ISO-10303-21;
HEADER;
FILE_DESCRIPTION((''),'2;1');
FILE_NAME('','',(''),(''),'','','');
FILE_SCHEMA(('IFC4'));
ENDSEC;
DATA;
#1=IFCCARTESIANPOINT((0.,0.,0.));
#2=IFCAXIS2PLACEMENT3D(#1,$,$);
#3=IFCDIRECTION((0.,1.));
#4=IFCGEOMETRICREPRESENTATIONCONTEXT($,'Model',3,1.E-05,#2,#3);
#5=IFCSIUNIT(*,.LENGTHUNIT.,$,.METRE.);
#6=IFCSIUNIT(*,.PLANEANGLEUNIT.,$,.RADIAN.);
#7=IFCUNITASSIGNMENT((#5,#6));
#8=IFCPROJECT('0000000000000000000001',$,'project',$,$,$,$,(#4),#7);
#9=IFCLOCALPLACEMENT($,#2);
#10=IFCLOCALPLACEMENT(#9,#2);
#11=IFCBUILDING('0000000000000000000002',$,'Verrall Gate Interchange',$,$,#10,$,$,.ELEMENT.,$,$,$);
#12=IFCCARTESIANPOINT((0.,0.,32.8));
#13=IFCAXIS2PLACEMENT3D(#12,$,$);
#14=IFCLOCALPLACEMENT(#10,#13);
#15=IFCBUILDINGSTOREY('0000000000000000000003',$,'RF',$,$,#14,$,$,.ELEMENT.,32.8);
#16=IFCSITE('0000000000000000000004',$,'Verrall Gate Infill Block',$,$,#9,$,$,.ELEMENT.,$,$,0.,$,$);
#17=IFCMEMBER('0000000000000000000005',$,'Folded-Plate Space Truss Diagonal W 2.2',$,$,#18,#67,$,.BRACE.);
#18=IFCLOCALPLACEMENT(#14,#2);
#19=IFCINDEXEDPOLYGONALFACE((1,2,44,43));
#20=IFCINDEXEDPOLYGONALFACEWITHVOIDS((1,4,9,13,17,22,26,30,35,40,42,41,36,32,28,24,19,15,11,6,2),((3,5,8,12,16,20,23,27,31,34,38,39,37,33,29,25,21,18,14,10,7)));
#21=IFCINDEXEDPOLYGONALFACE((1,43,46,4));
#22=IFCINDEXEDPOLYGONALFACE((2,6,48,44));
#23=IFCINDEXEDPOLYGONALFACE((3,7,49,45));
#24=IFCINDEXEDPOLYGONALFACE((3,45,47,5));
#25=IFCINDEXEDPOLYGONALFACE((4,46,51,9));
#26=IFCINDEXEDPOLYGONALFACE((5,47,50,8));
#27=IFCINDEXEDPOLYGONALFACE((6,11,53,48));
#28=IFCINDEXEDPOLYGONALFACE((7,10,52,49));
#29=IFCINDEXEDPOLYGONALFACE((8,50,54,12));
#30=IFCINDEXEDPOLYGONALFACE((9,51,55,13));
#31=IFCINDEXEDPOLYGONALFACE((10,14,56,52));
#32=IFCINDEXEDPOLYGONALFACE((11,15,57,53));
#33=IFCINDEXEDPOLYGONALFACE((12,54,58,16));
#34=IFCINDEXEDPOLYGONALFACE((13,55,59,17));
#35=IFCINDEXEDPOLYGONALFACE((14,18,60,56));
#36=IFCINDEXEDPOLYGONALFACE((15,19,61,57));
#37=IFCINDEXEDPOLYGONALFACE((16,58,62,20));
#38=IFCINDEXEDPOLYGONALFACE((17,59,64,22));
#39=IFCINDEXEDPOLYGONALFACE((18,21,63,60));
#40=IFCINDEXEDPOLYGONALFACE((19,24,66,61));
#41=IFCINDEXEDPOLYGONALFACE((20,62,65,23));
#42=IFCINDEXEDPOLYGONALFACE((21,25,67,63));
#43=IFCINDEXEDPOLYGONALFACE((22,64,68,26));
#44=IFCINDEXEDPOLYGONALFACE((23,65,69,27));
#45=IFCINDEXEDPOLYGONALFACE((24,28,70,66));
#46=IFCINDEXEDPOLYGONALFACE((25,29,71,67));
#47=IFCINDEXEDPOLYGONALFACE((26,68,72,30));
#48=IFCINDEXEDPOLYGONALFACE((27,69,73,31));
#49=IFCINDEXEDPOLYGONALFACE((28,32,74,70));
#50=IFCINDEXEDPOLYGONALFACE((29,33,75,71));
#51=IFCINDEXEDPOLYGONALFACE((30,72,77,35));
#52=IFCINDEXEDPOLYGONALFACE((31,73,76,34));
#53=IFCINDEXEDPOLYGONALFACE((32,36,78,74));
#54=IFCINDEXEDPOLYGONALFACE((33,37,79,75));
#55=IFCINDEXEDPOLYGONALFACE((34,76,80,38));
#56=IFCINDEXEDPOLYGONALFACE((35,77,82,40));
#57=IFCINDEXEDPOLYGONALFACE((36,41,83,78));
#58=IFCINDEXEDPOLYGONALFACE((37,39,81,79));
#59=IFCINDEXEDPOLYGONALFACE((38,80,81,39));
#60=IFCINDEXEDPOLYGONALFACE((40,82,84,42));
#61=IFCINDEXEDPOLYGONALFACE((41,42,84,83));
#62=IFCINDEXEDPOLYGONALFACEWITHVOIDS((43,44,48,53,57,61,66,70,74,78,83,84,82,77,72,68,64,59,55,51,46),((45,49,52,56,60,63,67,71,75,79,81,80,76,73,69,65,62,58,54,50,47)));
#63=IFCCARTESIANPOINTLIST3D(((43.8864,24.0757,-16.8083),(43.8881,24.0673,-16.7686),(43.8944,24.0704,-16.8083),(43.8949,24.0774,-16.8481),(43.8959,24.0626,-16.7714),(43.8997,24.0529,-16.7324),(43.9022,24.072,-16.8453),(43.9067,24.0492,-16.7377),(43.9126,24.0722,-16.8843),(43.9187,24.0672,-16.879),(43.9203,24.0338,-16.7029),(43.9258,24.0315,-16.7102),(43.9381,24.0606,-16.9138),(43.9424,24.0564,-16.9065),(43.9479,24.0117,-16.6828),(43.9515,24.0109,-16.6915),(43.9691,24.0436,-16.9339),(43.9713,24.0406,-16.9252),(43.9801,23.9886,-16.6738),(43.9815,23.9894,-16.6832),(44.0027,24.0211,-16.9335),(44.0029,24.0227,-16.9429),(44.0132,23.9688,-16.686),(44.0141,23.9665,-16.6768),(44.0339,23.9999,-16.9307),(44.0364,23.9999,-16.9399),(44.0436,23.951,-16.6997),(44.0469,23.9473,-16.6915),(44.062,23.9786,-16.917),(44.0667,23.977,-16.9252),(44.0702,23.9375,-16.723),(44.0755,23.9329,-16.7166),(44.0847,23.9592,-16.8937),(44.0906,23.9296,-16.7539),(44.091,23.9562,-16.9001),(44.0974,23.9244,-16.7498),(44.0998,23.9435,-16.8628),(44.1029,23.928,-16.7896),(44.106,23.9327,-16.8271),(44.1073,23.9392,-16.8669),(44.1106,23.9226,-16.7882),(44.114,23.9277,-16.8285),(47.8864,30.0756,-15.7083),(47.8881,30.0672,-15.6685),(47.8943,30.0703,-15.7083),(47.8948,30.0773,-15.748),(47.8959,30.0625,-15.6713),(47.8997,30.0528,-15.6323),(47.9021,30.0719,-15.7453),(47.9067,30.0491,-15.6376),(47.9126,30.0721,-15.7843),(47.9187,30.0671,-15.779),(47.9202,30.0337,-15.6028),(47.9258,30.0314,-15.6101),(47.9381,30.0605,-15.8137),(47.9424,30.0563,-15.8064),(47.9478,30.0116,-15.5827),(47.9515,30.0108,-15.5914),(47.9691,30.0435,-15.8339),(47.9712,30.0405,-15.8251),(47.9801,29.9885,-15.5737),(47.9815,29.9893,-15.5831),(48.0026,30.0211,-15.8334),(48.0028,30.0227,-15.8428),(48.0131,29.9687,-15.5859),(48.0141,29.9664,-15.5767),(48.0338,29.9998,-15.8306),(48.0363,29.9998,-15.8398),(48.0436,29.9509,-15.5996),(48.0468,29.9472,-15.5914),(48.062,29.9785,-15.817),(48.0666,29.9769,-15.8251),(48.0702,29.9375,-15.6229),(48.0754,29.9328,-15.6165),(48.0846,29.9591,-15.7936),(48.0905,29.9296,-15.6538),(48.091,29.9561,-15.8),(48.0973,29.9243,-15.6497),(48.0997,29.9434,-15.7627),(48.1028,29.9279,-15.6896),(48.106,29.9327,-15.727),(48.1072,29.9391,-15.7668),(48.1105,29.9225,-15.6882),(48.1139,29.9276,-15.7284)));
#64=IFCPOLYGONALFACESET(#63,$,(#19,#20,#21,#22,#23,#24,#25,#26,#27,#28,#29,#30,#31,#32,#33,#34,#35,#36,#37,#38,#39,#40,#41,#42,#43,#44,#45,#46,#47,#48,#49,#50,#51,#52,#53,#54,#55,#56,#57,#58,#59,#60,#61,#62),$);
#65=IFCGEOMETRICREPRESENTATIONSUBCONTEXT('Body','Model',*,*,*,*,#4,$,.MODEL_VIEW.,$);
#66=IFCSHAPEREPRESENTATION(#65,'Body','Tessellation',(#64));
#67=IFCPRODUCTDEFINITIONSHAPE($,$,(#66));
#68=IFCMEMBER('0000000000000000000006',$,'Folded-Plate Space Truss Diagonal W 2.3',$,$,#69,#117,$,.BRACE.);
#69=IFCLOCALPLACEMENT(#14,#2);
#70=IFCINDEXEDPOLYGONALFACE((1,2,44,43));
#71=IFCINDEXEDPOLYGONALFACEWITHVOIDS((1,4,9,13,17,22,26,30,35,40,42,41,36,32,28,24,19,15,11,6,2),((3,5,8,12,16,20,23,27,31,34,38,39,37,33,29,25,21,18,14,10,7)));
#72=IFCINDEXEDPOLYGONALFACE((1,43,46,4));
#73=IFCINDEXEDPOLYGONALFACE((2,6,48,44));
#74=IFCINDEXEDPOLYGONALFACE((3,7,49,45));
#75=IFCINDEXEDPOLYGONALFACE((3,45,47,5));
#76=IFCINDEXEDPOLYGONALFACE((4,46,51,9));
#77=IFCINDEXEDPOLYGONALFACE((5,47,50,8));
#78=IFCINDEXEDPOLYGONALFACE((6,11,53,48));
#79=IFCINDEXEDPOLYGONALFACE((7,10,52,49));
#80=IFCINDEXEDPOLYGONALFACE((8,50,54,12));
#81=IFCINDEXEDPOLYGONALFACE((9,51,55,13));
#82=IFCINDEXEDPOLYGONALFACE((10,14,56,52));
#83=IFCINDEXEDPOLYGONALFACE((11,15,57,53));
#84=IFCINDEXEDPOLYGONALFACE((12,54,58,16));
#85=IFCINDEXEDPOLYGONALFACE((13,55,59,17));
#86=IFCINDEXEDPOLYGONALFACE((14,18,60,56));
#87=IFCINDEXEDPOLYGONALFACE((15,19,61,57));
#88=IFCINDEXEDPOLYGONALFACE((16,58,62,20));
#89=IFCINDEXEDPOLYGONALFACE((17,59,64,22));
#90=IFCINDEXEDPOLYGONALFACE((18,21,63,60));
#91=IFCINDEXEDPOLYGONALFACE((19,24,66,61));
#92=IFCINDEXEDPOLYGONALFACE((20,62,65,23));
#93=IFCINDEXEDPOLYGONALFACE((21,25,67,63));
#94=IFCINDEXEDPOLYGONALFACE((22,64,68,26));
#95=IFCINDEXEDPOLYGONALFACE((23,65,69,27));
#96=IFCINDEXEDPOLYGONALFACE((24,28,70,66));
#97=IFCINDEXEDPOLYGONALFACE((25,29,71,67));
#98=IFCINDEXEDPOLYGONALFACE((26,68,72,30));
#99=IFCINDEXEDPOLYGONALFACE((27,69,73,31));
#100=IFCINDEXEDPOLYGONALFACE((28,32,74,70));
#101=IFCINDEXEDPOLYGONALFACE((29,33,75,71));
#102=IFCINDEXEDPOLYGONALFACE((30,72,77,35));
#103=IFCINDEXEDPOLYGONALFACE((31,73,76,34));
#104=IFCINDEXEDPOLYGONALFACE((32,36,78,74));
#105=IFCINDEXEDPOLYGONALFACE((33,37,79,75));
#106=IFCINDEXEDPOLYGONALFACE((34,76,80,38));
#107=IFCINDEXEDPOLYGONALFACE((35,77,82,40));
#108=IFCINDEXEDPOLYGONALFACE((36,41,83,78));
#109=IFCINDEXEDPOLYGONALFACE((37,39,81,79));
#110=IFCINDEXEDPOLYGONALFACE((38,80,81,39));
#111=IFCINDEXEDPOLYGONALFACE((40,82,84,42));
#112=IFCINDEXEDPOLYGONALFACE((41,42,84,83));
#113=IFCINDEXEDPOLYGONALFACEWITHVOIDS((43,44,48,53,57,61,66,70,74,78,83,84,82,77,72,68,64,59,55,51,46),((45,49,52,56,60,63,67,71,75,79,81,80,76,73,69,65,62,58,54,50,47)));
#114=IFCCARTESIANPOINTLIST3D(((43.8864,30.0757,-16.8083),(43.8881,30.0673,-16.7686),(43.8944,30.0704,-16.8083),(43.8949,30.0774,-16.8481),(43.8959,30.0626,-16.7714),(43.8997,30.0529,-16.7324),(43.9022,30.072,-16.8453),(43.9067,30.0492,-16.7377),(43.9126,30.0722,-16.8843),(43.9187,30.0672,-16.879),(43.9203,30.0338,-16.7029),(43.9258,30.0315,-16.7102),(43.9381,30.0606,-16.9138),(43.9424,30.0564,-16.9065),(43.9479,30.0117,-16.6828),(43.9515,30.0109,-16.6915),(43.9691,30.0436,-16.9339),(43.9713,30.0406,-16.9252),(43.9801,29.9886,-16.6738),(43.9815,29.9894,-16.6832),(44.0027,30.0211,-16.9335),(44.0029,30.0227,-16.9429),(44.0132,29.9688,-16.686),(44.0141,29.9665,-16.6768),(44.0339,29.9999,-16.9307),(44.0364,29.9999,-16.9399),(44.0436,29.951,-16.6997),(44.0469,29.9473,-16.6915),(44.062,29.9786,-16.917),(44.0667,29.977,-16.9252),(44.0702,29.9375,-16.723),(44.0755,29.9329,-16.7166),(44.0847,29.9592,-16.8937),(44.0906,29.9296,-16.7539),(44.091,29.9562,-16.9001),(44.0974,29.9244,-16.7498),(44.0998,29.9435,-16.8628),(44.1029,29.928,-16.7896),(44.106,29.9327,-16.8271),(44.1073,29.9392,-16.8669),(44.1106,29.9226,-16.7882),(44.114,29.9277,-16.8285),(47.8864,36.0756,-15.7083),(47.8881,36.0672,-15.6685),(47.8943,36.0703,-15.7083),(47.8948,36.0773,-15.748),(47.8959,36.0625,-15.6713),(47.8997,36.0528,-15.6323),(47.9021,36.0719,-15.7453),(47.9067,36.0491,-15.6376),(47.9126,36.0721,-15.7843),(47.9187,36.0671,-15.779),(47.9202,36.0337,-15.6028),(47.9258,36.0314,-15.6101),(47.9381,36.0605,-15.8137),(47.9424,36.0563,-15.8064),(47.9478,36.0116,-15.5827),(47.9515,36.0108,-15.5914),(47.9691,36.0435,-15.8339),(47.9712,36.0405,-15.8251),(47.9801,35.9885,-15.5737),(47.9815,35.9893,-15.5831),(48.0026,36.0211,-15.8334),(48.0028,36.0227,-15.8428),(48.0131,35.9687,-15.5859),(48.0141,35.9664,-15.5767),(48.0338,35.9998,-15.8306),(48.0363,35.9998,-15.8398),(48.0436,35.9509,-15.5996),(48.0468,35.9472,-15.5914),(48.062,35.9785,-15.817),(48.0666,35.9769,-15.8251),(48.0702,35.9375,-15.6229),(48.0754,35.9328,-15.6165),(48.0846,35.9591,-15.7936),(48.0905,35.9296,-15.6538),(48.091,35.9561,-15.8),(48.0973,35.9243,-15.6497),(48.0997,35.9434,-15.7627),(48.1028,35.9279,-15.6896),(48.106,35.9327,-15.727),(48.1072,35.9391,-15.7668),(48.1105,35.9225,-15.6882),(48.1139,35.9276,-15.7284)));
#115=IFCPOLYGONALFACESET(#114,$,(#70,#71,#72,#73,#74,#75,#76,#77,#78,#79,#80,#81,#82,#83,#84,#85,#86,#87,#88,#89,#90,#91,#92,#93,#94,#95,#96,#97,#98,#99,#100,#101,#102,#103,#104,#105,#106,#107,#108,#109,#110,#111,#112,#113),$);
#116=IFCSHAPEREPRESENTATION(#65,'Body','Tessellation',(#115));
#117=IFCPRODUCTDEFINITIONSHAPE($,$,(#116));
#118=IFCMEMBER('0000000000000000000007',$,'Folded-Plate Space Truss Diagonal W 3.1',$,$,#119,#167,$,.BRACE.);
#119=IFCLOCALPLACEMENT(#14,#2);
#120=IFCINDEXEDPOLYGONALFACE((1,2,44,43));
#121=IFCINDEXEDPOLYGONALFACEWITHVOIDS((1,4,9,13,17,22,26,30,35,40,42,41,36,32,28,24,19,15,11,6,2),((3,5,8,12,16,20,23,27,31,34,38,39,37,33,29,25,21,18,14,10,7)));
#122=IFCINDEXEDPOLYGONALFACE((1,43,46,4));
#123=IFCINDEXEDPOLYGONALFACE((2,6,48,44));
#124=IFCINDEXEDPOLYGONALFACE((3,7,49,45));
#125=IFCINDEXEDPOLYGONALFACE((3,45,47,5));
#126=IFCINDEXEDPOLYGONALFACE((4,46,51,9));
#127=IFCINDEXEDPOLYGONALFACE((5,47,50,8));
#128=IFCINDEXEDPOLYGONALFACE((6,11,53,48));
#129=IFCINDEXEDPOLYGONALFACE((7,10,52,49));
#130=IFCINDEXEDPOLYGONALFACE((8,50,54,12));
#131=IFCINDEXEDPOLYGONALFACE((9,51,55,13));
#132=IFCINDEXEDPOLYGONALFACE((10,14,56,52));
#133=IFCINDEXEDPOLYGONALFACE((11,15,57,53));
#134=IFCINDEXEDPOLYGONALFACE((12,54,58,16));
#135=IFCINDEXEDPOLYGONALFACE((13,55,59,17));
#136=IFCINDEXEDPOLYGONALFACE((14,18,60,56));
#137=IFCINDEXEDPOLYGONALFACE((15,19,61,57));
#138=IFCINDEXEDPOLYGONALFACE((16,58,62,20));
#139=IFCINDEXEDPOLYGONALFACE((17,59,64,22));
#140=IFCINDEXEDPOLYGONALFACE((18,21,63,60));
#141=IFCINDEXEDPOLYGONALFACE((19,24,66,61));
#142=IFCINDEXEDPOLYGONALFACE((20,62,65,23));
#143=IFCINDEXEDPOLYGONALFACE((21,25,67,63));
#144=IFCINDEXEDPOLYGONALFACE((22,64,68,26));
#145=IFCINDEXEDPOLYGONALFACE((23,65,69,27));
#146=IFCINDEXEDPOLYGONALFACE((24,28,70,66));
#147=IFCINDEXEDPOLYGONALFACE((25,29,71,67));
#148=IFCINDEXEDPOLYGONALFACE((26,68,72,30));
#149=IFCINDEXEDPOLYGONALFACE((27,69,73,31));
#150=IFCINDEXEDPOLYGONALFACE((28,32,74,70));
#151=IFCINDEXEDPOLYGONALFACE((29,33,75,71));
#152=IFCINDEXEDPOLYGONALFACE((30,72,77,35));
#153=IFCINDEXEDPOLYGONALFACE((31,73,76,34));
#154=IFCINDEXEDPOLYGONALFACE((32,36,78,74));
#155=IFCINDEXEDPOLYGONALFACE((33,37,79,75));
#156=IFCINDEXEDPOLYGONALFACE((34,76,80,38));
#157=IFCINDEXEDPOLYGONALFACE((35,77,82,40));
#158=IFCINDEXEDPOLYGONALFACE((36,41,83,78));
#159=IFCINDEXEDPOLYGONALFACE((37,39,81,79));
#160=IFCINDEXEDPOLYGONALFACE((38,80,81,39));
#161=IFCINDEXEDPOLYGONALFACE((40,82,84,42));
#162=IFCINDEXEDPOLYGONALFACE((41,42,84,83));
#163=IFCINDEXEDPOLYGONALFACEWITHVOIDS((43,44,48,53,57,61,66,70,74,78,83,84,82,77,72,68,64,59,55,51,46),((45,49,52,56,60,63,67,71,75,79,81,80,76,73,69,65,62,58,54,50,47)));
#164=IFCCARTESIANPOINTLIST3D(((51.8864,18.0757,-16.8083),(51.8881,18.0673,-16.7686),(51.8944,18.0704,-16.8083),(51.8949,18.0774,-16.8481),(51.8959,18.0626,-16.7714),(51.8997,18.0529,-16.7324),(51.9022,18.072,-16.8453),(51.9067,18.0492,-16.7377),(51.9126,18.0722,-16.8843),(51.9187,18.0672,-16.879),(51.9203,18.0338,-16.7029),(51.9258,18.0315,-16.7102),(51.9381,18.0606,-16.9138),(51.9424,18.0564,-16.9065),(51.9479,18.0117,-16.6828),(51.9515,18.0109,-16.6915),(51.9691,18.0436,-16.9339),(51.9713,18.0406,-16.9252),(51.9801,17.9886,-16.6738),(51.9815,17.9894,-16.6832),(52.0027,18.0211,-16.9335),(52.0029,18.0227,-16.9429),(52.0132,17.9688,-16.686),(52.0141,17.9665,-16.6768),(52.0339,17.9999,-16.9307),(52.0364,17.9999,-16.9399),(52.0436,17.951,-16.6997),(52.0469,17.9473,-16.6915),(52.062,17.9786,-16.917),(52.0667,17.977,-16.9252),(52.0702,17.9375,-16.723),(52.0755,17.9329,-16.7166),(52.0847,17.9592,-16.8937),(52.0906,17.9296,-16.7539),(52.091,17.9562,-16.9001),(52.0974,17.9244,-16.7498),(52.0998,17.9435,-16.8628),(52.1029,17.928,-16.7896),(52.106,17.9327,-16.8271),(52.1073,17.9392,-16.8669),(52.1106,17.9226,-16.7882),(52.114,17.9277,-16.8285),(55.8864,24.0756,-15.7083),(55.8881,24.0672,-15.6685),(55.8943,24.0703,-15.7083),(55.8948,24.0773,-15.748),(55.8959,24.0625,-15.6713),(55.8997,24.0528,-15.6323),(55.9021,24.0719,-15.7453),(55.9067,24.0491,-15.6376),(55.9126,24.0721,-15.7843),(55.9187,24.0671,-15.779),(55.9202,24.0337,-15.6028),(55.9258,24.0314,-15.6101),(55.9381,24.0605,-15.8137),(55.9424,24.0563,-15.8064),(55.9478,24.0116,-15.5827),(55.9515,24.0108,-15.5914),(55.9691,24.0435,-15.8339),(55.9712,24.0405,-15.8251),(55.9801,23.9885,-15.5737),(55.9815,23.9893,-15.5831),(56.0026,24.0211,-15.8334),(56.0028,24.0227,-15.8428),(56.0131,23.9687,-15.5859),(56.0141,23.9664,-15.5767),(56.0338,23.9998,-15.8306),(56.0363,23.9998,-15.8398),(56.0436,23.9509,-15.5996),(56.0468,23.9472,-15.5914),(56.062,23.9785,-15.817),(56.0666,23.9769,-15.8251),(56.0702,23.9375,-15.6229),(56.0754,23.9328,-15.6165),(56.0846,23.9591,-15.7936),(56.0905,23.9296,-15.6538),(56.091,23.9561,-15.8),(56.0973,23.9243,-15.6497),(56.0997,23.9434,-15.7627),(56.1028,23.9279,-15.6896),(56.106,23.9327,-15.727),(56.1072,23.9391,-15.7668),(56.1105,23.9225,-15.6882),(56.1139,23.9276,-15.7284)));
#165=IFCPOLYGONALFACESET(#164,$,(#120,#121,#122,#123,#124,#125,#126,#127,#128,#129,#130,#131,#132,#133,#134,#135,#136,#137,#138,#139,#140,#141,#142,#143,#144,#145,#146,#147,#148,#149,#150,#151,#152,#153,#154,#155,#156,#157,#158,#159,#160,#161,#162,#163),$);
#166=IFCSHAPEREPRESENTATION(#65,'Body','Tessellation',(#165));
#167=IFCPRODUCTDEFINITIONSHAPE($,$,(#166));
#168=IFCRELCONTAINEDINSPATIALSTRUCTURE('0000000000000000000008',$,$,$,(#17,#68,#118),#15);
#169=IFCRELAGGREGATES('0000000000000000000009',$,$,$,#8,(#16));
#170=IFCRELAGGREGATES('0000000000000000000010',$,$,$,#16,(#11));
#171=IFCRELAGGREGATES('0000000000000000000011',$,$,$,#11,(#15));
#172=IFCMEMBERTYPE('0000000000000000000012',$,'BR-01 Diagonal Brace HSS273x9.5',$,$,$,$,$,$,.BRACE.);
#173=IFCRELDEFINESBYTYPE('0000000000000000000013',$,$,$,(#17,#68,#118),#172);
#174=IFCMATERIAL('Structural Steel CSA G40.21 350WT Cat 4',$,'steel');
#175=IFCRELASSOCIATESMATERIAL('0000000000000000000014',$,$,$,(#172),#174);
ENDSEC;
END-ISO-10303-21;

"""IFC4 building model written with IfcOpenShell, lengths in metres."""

from ifc_helpers import new_model, si_unit, direction, frame, origin, origin_2d, place, context, subcontext, project, spatial, hollow_circle, extrude, material, material_profile, profile_set, type_object, element, save


model = new_model("IFC4")

# Units and contexts
model_context = context("Model", 3, precision=1e-05, world=origin(), true_north=direction((0.0, 1.0)))
body_context = subcontext(model_context, "Body", "Model", "MODEL_VIEW")
ifc_project = project(units=[si_unit("LENGTHUNIT", "METRE"), si_unit("PLANEANGLEUNIT", "RADIAN")], contexts=[model_context])

# Site, building, storey
site_placement = place(None, origin())
site = spatial("IfcSite", under=ifc_project, at=site_placement, Name="Verrall Gate Infill Block", CompositionType="ELEMENT", RefElevation=0.0)
building_placement = place(site_placement, origin())
building = spatial("IfcBuilding", under=site, at=building_placement, Name="Verrall Gate Interchange", CompositionType="ELEMENT")
storey_placement = place(building_placement, frame((0.0, 0.0, 32.8)))
storey = spatial("IfcBuildingStorey", under=building, at=storey_placement, Name="RF", CompositionType="ELEMENT", Elevation=32.8)

# Members
ifc_material_1 = material(Name="Structural Steel CSA G40.21 350WT Cat 4", Category="steel")
ifc_material_profile_1 = material_profile(ifc_material_1, hollow_circle(Radius=0.1365, WallThickness=0.0095, at=origin_2d()), Name="HSS273x9.5")
ifc_profile_set_1 = profile_set([ifc_material_profile_1], Name="Structural Steel CSA G40.21 350WT Cat 4")
member_type_1 = type_object("IfcMemberType", Name="BR-01 Diagonal Brace HSS273x9.5", PredefinedType="BRACE", material=ifc_profile_set_1)
for number, where, z_axis, x_axis, name in (
    (1, (44.0, 24.0, -16.8083), (0.548356, 0.822534, 0.150811), (-0.83205, 0.5547, 0.0), "Folded-Plate Space Truss Diagonal W 2.2"),
    (2, (44.0, 30.0, -16.8083), (0.548356, 0.822534, 0.150811), (-0.83205, 0.5547, 0.0), "Folded-Plate Space Truss Diagonal W 2.3"),
    (3, (52.0, 18.0, -16.8083), (0.548356, 0.822534, 0.150811), (-0.83205, 0.5547, 0.0), "Folded-Plate Space Truss Diagonal W 3.1"),
):
    element("IfcMember", number, at=place(storey_placement, frame(where, z_axis=z_axis, x_axis=x_axis)), inside=storey, type_object=member_type_1, Name=name, PredefinedType="BRACE", context=body_context, shape_type="SweptSolid", body=[
        extrude(hollow_circle(Radius=0.1365, WallThickness=0.0095, at=origin_2d()), origin(), (0.0, 0.0, 1.0), 7.2944),
    ])

save(model, "model.ifc")
